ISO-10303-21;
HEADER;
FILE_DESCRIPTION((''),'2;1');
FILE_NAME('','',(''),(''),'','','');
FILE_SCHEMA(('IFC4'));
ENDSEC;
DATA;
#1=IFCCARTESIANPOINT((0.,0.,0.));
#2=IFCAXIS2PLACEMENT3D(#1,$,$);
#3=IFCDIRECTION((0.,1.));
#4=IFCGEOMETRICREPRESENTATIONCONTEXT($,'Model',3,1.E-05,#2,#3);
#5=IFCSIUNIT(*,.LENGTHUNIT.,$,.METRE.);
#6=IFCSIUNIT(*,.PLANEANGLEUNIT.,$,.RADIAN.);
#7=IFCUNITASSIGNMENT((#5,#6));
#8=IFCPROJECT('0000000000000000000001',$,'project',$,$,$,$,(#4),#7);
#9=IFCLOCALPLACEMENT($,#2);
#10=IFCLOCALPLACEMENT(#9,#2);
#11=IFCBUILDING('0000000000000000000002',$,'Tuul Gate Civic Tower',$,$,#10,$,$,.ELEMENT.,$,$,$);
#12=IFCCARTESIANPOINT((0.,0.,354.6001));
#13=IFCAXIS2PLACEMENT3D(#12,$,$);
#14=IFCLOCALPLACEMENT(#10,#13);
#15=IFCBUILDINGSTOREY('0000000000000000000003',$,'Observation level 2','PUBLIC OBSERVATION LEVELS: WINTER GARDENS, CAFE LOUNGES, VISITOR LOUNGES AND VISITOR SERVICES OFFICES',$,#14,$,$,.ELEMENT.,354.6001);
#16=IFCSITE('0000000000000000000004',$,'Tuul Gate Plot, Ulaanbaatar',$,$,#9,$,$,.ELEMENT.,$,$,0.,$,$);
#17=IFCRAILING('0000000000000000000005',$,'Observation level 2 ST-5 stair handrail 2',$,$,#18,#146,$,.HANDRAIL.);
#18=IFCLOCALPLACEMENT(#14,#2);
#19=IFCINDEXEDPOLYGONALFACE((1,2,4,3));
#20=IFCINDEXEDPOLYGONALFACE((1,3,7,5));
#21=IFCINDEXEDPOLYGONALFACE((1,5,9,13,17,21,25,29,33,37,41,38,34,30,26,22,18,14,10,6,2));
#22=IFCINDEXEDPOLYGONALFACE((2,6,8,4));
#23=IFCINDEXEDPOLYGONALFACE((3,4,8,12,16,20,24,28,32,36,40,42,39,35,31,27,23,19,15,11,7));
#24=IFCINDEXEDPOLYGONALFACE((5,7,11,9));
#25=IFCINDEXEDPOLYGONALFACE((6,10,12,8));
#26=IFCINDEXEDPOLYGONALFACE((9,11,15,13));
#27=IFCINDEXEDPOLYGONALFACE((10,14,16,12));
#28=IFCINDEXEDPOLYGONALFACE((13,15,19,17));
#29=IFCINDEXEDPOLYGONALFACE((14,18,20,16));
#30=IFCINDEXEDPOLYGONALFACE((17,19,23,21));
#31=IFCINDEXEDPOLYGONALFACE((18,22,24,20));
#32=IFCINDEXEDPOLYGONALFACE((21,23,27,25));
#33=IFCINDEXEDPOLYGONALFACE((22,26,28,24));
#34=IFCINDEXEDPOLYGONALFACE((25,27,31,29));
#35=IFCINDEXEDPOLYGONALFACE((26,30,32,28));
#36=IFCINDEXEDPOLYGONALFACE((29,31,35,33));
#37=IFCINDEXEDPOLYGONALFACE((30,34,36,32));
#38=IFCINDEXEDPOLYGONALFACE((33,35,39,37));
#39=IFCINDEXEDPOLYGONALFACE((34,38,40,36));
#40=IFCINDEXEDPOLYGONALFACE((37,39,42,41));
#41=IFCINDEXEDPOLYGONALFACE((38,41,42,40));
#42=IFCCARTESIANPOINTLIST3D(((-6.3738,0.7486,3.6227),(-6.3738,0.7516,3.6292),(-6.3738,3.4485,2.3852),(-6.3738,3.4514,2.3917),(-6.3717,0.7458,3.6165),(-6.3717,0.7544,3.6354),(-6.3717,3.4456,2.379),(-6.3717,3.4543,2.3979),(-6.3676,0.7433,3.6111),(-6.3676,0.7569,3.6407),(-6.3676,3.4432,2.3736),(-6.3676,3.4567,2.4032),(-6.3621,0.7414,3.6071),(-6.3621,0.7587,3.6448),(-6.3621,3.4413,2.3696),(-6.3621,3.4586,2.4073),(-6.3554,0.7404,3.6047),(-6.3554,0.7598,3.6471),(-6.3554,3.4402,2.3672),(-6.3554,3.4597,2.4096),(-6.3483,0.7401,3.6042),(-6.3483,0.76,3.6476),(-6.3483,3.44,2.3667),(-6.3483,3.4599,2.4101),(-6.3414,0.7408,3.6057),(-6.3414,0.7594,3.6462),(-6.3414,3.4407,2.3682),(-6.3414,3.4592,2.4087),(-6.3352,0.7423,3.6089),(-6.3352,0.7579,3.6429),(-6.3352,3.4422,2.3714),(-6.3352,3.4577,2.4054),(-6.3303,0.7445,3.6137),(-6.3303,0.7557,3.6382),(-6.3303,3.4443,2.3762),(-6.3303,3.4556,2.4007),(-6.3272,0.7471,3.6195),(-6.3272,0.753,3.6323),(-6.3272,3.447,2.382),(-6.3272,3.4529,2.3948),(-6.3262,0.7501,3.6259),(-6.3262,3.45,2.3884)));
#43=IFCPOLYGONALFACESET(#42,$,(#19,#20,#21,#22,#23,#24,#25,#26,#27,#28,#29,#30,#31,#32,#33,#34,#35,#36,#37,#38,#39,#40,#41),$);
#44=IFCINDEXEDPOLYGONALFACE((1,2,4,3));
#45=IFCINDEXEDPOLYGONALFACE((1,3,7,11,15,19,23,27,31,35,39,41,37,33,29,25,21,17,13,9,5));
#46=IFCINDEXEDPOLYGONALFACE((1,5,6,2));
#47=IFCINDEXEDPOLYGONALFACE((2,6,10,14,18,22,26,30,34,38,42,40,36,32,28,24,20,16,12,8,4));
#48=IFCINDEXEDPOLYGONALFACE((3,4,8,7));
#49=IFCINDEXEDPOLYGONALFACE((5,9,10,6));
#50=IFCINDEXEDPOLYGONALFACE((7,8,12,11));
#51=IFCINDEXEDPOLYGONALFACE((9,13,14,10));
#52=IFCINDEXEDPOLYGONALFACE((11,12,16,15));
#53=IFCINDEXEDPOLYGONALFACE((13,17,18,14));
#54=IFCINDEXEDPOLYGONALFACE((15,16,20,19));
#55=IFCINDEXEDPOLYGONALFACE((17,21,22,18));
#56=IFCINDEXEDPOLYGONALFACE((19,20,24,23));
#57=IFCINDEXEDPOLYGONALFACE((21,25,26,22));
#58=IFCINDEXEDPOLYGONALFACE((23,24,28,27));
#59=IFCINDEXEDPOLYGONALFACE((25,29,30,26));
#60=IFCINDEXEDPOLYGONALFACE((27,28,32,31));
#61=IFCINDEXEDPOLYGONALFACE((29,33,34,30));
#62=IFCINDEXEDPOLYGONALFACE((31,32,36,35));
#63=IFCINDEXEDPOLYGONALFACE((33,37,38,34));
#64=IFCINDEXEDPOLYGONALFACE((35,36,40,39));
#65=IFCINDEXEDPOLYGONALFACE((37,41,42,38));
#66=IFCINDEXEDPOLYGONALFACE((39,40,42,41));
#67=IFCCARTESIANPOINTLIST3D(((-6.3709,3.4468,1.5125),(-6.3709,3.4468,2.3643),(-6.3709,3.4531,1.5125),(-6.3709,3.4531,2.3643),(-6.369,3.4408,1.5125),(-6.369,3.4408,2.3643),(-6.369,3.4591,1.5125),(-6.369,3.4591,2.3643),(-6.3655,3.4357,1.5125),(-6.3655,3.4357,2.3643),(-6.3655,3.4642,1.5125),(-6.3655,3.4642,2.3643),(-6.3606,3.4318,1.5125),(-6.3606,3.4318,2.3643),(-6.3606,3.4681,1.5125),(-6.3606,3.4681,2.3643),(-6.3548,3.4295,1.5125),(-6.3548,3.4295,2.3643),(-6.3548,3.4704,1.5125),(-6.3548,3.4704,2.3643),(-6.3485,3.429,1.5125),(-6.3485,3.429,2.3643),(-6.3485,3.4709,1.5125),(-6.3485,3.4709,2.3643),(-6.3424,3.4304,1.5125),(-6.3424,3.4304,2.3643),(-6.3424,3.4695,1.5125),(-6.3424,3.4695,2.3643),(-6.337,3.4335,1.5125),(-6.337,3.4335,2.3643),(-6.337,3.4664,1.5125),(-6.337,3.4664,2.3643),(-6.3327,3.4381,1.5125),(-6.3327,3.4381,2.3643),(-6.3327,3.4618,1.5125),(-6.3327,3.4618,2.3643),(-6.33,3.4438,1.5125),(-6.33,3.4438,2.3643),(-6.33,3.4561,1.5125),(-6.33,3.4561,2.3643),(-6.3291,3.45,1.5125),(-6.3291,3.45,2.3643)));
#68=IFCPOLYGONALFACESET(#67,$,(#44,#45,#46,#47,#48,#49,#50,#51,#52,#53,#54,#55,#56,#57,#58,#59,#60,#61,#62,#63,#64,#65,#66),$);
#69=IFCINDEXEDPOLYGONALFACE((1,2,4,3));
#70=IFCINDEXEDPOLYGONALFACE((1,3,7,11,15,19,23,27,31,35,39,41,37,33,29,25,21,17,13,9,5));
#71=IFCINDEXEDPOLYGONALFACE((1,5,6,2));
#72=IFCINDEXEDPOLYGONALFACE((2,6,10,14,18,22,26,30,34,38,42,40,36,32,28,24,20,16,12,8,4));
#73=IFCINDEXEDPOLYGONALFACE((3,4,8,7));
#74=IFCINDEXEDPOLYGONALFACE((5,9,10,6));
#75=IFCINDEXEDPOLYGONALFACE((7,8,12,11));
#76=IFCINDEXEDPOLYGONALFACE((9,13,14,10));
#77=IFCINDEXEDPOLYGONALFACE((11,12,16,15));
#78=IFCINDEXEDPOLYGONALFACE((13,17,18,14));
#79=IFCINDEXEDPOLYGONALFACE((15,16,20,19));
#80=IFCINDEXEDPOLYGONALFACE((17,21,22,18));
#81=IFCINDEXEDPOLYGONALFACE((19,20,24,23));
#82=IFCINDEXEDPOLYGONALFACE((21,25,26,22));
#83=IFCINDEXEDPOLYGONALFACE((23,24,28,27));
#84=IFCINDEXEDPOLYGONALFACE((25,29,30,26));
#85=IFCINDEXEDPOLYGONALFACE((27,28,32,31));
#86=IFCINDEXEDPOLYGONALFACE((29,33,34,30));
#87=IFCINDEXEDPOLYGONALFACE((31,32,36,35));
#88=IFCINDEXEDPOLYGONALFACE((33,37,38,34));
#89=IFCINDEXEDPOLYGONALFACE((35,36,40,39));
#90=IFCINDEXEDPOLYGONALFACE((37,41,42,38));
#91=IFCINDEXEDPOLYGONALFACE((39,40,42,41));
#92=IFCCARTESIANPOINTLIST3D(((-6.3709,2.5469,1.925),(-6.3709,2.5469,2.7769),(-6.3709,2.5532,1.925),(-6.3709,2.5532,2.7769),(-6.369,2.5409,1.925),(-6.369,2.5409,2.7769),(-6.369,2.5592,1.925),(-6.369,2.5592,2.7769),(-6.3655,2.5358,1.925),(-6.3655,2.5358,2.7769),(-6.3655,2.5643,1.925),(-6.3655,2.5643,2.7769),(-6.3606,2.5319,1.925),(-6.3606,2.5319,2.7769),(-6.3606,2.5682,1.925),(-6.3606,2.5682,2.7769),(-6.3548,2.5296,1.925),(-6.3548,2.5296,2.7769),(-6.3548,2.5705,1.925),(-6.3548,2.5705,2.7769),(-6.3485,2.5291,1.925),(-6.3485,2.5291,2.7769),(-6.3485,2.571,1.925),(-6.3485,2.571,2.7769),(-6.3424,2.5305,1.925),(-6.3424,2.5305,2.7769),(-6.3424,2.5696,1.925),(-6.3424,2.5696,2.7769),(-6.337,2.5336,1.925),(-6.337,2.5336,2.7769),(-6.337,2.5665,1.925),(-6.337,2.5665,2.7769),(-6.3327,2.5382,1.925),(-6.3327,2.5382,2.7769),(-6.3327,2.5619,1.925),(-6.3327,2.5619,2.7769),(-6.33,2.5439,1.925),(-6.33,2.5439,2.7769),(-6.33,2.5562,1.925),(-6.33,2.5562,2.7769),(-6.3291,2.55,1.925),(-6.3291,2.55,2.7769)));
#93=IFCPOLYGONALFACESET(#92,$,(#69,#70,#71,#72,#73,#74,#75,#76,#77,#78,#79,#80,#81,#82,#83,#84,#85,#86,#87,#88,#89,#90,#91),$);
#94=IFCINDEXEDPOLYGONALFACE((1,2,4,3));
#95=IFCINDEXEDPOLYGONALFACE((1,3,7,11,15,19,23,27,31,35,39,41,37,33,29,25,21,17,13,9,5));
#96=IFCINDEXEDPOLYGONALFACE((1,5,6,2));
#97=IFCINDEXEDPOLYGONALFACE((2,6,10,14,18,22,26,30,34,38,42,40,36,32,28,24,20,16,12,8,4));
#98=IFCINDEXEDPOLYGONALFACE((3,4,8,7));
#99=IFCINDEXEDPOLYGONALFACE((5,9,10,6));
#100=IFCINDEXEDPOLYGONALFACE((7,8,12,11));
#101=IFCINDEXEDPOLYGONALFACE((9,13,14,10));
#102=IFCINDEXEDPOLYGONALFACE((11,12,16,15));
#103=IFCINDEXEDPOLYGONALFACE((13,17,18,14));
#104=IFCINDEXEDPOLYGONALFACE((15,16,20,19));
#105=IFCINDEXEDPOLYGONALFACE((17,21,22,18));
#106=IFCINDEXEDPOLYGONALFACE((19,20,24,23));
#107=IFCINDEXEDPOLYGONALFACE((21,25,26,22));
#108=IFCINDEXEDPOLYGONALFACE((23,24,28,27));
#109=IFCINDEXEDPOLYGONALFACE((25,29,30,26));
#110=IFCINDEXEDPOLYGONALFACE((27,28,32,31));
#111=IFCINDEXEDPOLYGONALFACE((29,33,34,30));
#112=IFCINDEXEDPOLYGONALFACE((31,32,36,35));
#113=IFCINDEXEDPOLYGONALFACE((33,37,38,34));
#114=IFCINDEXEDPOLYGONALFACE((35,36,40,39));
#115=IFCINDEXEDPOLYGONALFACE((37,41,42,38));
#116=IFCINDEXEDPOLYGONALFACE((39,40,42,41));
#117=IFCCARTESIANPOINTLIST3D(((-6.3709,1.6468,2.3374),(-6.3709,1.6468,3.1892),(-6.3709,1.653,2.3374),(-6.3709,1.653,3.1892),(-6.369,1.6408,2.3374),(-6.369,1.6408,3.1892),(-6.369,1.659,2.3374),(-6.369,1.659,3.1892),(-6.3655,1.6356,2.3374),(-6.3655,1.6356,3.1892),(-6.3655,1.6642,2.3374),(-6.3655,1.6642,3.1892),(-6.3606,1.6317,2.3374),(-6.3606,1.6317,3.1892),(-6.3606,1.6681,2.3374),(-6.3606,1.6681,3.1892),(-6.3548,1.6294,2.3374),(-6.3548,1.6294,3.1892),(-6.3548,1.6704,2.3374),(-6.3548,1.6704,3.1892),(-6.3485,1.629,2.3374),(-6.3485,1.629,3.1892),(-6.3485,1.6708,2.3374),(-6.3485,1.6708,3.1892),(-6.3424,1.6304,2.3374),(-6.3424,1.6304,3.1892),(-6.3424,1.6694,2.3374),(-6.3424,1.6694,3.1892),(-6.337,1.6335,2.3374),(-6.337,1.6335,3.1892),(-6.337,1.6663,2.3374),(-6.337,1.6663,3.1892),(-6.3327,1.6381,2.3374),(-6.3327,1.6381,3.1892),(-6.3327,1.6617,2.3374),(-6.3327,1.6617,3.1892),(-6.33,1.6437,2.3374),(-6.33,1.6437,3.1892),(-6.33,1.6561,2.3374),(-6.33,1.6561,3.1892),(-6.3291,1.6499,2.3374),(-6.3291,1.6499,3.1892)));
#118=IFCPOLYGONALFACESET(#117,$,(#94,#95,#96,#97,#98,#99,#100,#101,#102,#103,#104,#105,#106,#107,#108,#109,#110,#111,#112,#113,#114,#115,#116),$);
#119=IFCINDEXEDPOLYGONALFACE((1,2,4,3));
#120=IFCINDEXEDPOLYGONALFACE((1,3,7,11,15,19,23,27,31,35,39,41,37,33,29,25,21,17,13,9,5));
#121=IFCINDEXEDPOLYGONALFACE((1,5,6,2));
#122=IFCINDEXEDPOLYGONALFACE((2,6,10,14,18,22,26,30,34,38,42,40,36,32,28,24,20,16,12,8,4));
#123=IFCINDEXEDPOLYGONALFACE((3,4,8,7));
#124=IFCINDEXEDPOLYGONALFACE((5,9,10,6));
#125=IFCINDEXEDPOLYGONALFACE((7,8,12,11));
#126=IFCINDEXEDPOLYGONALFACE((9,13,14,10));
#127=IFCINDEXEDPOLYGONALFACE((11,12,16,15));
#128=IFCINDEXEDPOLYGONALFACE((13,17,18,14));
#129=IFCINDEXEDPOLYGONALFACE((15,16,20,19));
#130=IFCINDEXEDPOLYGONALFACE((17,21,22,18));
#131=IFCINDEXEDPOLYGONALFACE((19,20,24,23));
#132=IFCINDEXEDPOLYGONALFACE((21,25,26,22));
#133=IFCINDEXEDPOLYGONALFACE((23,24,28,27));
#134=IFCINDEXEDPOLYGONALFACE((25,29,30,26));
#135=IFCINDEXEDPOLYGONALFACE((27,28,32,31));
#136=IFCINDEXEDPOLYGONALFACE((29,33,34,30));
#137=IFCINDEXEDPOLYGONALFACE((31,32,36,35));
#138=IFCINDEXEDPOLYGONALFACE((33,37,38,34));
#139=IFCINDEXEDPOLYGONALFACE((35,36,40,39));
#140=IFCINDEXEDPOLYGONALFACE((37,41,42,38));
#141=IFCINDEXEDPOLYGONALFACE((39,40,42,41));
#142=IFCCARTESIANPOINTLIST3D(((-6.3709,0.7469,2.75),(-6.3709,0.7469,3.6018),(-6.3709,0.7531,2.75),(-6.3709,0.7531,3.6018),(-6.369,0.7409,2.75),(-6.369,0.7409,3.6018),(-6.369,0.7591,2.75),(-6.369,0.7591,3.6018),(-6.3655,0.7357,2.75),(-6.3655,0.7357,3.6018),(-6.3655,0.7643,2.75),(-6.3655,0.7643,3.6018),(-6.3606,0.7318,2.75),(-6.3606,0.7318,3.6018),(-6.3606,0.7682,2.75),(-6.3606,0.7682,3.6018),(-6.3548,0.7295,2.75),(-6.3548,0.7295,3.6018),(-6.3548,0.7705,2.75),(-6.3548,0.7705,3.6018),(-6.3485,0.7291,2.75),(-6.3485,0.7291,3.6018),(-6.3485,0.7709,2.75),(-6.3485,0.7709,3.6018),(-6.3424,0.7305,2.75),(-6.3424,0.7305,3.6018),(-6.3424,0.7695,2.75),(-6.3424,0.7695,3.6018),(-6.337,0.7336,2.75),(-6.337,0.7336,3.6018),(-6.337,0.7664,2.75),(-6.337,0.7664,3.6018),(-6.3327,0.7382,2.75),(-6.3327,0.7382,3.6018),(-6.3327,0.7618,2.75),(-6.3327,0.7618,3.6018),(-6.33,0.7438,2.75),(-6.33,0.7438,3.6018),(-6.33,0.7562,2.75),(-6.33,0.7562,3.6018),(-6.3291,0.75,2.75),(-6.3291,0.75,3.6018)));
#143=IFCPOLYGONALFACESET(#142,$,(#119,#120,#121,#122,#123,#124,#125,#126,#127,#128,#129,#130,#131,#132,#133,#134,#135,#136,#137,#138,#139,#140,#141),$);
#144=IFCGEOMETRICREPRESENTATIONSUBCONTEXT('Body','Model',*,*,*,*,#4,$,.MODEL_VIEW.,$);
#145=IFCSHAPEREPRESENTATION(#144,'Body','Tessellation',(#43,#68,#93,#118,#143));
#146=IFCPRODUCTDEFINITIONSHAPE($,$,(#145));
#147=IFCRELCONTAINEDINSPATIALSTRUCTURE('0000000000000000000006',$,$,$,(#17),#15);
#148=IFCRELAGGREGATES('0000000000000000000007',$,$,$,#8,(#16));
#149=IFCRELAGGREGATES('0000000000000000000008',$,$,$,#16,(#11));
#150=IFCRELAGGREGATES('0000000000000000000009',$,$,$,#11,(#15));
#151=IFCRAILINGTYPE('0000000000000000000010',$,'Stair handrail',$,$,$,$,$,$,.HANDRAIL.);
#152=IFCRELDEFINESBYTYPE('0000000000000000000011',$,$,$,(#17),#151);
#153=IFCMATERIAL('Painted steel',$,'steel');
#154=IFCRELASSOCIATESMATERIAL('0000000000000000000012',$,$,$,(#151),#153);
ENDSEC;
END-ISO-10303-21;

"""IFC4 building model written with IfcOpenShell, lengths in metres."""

from ifc_helpers import new_model, si_unit, direction, frame, origin, origin_2d, place, context, subcontext, project, spatial, circle, extrude, material, type_object, element, save


model = new_model("IFC4")

# Units and contexts
model_context = context("Model", 3, precision=1e-05, world=origin(), true_north=direction((0.0, 1.0)))
body_context = subcontext(model_context, "Body", "Model", "MODEL_VIEW")
ifc_project = project(units=[si_unit("LENGTHUNIT", "METRE"), si_unit("PLANEANGLEUNIT", "RADIAN")], contexts=[model_context])

# Site, building, storey
site_placement = place(None, origin())
site = spatial("IfcSite", under=ifc_project, at=site_placement, Name="Tuul Gate Plot, Ulaanbaatar", CompositionType="ELEMENT", RefElevation=0.0)
building_placement = place(site_placement, origin())
building = spatial("IfcBuilding", under=site, at=building_placement, Name="Tuul Gate Civic Tower", CompositionType="ELEMENT")
storey_placement = place(building_placement, frame((0.0, 0.0, 354.6001)))
storey = spatial("IfcBuildingStorey", under=building, at=storey_placement, Name="Observation level 2", Description="PUBLIC OBSERVATION LEVELS: WINTER GARDENS, CAFE LOUNGES, VISITOR LOUNGES AND VISITOR SERVICES OFFICES", CompositionType="ELEMENT", Elevation=354.6001)

# Railing
ifc_material_1 = material(Name="Painted steel", Category="steel")
railing_type_1 = type_object("IfcRailingType", Name="Stair handrail", PredefinedType="HANDRAIL", material=ifc_material_1)
railing_1_placement = place(storey_placement, frame((-6.3501, 3.45, 1.5125)))
element("IfcRailing", 1, at=railing_1_placement, inside=storey, type_object=railing_type_1, Name="Observation level 2 ST-5 stair handrail 2", PredefinedType="HANDRAIL", context=body_context, shape_type="SweptSolid", body=[
    extrude(circle(Radius=0.0239, at=origin_2d()), frame((0.0, 0.0, 0.876), z_axis=(0.0, -0.909056, 0.416675), x_axis=(1.0, 0.0, 0.0)), (0.0, 0.0, 1.0), 2.97),
    extrude(circle(Radius=0.021, at=origin_2d()), origin(), (0.0, 0.0, 1.0), 0.8518),
    extrude(circle(Radius=0.021, at=origin_2d()), frame((0.0, -0.8999, 0.4126)), (0.0, 0.0, 1.0), 0.8518),
    extrude(circle(Radius=0.021, at=origin_2d()), frame((0.0, -1.8, 0.825)), (0.0, 0.0, 1.0), 0.8518),
    extrude(circle(Radius=0.021, at=origin_2d()), frame((0.0, -2.7, 1.2375)), (0.0, 0.0, 1.0), 0.8518),
])

save(model, "model.ifc")
